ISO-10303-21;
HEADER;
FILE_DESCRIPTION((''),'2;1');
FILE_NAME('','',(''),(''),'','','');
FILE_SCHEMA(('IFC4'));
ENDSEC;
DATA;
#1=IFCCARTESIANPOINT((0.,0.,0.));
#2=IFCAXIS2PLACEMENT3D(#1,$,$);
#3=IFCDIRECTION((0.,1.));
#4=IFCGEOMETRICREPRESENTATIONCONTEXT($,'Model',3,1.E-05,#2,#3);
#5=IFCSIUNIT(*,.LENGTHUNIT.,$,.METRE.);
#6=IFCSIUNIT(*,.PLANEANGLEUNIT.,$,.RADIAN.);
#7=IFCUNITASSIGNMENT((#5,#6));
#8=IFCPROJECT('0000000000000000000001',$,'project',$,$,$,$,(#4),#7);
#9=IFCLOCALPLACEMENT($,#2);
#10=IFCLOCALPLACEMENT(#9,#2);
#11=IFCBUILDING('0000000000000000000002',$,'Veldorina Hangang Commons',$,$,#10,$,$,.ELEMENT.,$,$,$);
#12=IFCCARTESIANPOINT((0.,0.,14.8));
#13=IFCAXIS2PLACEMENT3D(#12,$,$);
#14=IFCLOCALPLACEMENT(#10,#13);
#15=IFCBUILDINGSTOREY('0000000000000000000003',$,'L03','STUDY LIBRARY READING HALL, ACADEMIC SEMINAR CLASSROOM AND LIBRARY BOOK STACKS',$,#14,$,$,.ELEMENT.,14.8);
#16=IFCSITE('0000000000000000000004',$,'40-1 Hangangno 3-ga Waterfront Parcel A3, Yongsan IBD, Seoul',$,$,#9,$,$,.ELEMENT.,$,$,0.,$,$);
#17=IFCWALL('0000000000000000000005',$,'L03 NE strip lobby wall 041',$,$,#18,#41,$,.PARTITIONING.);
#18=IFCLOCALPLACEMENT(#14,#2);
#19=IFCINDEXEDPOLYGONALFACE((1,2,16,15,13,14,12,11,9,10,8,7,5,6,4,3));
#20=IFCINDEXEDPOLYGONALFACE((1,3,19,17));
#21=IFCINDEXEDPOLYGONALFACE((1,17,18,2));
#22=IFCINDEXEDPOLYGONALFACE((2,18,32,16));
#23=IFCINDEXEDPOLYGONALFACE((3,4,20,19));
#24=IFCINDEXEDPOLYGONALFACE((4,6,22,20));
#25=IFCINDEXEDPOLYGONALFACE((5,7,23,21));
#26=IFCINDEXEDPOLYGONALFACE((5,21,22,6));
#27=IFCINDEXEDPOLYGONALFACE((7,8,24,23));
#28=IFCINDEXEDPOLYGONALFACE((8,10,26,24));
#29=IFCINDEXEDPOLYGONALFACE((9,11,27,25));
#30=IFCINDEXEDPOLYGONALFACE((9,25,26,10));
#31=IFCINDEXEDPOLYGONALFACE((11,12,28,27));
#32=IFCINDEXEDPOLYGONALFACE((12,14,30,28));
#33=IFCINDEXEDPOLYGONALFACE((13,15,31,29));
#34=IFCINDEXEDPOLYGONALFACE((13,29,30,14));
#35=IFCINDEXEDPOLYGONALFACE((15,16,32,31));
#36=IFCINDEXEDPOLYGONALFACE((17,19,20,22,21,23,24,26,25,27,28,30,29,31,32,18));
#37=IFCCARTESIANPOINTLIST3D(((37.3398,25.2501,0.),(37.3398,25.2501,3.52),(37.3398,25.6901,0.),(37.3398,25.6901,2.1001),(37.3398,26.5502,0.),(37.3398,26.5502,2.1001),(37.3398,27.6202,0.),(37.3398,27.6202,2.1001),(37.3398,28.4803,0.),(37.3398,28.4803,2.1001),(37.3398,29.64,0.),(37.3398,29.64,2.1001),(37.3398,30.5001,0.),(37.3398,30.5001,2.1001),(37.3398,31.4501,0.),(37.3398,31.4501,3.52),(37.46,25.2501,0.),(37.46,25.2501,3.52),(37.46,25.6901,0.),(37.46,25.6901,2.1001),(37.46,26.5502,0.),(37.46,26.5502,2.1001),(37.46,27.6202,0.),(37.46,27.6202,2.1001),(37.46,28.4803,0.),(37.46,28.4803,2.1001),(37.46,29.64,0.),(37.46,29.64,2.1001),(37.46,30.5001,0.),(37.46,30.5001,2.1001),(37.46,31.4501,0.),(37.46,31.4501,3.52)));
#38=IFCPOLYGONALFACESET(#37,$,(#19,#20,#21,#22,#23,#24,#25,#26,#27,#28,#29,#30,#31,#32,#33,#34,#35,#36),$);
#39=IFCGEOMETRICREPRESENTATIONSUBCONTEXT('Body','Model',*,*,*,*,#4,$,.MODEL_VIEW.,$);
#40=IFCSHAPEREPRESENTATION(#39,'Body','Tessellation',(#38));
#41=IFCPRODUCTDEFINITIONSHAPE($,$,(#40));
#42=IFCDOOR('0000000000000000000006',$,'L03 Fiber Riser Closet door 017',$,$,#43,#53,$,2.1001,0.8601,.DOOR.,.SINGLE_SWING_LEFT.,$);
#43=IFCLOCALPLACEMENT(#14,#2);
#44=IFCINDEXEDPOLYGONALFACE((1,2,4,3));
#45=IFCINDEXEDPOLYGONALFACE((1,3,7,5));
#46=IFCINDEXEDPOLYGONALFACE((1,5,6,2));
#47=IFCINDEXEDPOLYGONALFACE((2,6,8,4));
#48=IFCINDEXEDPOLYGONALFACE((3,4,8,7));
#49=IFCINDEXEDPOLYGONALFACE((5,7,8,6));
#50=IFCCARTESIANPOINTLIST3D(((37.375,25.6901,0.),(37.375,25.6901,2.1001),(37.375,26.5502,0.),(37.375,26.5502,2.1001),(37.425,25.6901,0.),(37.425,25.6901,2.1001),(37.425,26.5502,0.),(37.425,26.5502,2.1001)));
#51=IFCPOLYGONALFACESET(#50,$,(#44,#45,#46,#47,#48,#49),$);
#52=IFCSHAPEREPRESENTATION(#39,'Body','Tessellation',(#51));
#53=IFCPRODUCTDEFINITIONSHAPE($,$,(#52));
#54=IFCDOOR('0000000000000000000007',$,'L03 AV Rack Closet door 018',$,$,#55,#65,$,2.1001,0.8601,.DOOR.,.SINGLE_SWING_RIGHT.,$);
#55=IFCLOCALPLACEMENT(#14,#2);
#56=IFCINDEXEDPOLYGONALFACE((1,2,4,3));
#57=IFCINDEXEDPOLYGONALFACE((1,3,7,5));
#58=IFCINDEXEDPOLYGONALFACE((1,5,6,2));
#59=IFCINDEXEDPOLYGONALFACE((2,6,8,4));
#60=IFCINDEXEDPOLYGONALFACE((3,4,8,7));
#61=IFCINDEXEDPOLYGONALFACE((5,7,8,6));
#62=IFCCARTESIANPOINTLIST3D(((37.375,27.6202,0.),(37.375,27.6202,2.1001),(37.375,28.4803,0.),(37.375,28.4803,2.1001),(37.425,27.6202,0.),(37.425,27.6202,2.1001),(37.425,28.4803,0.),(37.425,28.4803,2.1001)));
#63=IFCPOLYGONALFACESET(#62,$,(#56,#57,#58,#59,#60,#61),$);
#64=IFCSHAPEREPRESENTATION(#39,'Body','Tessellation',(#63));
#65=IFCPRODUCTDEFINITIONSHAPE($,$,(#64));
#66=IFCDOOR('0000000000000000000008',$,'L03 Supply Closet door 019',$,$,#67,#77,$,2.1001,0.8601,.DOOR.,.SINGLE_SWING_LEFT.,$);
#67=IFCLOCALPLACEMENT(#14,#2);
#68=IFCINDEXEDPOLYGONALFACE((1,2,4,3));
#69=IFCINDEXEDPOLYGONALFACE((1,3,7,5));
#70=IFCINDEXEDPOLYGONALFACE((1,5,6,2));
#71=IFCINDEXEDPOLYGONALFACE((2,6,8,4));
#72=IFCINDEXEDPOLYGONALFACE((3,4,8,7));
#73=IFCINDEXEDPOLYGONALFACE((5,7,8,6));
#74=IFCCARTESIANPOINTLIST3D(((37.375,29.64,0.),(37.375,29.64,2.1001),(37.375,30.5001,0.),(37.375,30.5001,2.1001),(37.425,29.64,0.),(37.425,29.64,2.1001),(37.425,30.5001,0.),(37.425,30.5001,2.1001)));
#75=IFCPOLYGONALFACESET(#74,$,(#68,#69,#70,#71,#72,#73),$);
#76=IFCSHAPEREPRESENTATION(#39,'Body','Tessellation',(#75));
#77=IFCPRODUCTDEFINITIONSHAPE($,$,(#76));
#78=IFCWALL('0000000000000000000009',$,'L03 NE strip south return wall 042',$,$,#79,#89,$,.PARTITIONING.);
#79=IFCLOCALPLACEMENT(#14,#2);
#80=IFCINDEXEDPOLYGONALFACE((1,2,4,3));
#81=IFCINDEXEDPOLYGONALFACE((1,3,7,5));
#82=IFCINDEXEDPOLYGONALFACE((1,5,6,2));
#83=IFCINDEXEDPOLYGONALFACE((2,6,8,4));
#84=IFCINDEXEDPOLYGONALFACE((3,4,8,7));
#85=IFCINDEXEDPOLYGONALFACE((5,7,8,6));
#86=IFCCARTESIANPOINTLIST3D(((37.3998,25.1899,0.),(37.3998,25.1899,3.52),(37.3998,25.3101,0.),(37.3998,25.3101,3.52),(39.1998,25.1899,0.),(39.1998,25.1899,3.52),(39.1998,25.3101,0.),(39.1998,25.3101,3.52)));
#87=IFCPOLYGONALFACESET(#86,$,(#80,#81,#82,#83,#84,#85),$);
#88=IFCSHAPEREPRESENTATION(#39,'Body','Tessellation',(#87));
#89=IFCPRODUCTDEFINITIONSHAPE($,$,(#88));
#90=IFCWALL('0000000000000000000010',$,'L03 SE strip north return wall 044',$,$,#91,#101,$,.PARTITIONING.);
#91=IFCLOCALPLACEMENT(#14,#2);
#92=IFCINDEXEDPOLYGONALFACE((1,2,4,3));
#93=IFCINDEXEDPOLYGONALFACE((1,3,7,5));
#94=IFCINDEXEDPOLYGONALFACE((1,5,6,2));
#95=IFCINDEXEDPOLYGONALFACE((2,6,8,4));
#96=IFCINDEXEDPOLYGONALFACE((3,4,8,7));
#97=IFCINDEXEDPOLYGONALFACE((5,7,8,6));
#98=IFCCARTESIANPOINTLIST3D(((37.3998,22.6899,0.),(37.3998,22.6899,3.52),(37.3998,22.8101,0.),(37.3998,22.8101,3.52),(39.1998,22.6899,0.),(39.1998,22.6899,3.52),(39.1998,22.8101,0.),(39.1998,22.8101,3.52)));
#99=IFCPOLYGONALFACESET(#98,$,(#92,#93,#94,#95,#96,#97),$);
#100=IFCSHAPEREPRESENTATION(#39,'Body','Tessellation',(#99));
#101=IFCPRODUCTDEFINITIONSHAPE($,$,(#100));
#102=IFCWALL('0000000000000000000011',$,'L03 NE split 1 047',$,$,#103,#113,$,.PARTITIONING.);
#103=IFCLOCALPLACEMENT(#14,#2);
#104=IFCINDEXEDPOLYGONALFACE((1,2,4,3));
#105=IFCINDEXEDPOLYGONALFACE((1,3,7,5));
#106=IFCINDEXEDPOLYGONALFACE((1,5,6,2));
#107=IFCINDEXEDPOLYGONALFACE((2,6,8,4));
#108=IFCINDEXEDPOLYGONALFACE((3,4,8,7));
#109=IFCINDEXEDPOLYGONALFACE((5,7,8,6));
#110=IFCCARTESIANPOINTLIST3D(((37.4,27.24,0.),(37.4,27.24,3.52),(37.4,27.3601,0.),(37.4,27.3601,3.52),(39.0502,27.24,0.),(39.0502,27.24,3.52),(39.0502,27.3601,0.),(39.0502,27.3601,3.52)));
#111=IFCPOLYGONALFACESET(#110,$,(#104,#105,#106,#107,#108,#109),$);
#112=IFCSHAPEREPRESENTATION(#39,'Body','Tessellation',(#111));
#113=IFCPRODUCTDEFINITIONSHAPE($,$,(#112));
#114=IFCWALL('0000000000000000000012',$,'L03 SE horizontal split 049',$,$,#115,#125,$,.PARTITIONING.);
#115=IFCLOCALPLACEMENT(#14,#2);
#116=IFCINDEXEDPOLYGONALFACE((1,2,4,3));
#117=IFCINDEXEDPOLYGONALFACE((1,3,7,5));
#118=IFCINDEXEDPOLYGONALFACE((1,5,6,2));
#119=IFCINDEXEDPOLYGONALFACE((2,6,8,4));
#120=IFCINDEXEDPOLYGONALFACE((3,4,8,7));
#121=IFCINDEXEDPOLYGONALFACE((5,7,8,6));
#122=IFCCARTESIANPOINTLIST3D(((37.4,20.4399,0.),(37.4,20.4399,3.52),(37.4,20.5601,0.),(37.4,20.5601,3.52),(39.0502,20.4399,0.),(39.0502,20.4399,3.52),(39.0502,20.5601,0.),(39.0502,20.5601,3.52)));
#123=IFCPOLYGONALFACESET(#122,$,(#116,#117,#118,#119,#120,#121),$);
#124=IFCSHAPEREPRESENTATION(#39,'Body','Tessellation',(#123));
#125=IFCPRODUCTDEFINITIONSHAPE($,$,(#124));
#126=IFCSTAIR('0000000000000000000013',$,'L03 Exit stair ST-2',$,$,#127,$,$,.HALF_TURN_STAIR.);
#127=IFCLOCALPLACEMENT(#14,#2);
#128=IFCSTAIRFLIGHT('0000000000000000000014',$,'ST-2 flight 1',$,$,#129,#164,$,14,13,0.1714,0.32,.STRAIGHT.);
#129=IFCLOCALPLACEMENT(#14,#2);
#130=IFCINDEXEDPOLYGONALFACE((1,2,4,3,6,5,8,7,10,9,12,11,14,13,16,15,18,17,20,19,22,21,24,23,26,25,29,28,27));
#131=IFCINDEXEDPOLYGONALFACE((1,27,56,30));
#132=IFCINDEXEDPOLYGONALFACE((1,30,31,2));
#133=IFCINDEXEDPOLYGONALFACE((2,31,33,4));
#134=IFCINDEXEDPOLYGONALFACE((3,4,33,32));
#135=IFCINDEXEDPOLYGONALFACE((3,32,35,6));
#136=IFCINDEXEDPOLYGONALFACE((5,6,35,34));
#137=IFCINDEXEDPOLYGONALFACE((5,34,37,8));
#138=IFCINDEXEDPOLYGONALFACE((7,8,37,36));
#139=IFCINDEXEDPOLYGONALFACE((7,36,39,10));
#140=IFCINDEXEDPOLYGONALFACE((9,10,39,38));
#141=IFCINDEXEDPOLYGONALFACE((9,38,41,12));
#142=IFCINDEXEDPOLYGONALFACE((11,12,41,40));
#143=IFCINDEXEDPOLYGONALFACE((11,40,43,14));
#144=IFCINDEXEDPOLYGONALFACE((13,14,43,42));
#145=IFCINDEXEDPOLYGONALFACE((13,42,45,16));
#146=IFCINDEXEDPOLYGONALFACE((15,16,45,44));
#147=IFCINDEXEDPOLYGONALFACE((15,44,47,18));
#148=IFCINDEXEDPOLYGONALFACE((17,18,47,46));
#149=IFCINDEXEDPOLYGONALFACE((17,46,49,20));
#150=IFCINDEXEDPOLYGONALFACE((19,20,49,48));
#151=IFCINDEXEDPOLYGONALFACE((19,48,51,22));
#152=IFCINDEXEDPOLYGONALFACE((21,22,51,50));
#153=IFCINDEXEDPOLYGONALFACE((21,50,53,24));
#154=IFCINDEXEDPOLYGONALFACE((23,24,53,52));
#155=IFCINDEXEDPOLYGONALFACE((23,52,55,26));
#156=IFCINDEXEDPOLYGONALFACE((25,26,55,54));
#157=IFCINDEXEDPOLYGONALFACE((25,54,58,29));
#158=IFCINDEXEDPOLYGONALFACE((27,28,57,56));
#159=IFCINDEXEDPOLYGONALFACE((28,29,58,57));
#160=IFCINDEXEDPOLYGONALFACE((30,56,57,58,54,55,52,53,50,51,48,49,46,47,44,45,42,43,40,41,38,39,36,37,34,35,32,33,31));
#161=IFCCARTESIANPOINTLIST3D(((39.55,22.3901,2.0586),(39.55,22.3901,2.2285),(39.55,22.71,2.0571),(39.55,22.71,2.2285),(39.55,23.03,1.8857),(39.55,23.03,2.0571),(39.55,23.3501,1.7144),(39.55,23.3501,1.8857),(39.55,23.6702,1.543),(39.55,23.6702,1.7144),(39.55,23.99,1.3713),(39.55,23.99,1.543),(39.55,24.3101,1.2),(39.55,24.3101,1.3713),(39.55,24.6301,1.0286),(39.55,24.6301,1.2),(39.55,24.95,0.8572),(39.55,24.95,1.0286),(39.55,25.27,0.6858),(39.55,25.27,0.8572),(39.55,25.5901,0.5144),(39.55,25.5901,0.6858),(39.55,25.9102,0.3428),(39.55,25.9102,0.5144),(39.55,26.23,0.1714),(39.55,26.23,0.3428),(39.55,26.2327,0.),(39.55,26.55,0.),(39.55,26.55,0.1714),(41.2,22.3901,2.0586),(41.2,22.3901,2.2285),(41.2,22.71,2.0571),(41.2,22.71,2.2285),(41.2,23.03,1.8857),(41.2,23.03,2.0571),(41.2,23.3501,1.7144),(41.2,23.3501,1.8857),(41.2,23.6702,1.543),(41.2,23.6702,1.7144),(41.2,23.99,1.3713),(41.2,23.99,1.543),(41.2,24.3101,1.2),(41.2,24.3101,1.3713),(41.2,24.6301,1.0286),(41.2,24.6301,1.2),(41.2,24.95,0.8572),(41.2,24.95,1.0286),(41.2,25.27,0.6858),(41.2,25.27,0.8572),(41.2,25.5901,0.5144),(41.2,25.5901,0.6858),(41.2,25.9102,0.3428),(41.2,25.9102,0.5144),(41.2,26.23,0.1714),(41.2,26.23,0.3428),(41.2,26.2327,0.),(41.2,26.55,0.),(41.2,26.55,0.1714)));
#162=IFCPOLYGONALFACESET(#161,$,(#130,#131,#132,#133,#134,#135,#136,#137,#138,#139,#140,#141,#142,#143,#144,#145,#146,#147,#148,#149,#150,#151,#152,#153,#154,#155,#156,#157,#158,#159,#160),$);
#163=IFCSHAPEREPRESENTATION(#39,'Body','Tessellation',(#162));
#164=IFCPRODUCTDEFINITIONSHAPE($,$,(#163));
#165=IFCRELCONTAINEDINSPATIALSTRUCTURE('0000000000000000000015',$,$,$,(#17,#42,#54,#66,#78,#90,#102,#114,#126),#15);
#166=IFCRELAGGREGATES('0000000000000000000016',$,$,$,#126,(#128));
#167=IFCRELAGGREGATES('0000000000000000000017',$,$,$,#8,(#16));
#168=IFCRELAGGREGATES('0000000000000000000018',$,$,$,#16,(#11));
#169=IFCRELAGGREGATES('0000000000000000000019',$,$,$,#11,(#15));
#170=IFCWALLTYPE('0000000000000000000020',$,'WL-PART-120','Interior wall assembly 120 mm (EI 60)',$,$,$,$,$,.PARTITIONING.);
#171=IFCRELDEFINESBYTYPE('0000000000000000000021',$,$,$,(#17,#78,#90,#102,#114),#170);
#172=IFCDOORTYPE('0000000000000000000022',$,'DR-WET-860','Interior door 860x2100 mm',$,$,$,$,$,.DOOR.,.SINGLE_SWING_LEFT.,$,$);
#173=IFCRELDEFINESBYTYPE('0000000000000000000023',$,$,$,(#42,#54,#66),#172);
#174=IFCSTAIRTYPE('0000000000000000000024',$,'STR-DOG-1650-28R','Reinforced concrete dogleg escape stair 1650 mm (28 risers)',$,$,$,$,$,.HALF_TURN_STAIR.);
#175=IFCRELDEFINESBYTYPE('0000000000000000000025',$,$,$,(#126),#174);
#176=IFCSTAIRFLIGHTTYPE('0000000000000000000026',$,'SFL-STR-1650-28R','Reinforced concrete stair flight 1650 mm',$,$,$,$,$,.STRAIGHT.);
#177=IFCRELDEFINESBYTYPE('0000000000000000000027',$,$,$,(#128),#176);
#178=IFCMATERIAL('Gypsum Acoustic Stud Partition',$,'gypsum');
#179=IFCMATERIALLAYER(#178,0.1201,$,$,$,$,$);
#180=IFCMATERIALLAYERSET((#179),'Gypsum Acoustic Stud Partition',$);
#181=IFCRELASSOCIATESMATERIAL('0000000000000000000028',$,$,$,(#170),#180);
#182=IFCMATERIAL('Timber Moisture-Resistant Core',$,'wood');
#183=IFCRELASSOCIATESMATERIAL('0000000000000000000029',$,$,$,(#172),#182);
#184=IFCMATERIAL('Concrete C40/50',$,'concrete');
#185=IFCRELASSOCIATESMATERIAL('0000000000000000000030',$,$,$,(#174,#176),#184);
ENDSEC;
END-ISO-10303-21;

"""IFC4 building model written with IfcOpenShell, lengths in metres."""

from ifc_helpers import new_model, si_unit, direction, frame, frame_2d, origin, place, context, subcontext, project, spatial, polyline, rectangle, outline, extrude, material, layer, layer_set, type_object, element, fill, aggregate, save


model = new_model("IFC4")

# Units and contexts
model_context = context("Model", 3, precision=1e-05, world=origin(), true_north=direction((0.0, 1.0)))
body_context = subcontext(model_context, "Body", "Model", "MODEL_VIEW")
ifc_project = project(units=[si_unit("LENGTHUNIT", "METRE"), si_unit("PLANEANGLEUNIT", "RADIAN")], contexts=[model_context])

# Site, building, storey
site_placement = place(None, origin())
site = spatial("IfcSite", under=ifc_project, at=site_placement, Name="40-1 Hangangno 3-ga Waterfront Parcel A3, Yongsan IBD, Seoul", CompositionType="ELEMENT", RefElevation=0.0)
building_placement = place(site_placement, origin())
building = spatial("IfcBuilding", under=site, at=building_placement, Name="Veldorina Hangang Commons", CompositionType="ELEMENT")
storey_placement = place(building_placement, frame((0.0, 0.0, 14.8)))
storey = spatial("IfcBuildingStorey", under=building, at=storey_placement, Name="L03", Description="STUDY LIBRARY READING HALL, ACADEMIC SEMINAR CLASSROOM AND LIBRARY BOOK STACKS", CompositionType="ELEMENT", Elevation=14.8)

# Wall, openings, doors
ifc_material_1 = material(Name="Gypsum Acoustic Stud Partition", Category="gypsum")
ifc_layer_1 = layer(ifc_material_1, 0.1201)
ifc_layer_set_1 = layer_set([ifc_layer_1], Name="Gypsum Acoustic Stud Partition")
wall_type_1 = type_object("IfcWallType", Name="WL-PART-120", Description="Interior wall assembly 120 mm (EI 60)", PredefinedType="PARTITIONING", material=ifc_layer_set_1)
wall_1_placement = place(storey_placement, frame((37.3999, 25.25, 0.0), z_axis=(0.0, 0.0, 1.0), x_axis=(0.0, 1.0, 0.0)))
wall_1 = element("IfcWall", 1, at=wall_1_placement, inside=storey, type_object=wall_type_1, Name="L03 NE strip lobby wall 041", PredefinedType="PARTITIONING", context=body_context, shape_type="SweptSolid", body=[
    extrude(rectangle(XDim=6.2, YDim=0.1201, at=frame_2d((3.1001, 0.0))), origin(), (0.0, 0.0, 1.0), 3.52),
])
opening_1_placement = place(wall_1_placement, frame((0.4399, 0.0, 0.0)))
opening_1 = element("IfcOpeningElement", 2, at=opening_1_placement, cuts=wall_1, PredefinedType="OPENING", context=body_context, shape_type="SweptSolid", body=[
    extrude(rectangle(XDim=0.8601, YDim=2.1001, at=frame_2d((0.4302, 1.05))), frame((0.0, 0.0701, 0.0), z_axis=(0.0, -1.0, 0.0), x_axis=(1.0, 0.0, 0.0)), (0.0, 0.0, 1.0), 0.1401),
])
opening_2_placement = place(wall_1_placement, frame((2.3701, 0.0, 0.0)))
opening_2 = element("IfcOpeningElement", 3, at=opening_2_placement, cuts=wall_1, PredefinedType="OPENING", context=body_context, shape_type="SweptSolid", body=[
    extrude(rectangle(XDim=0.8601, YDim=2.1001, at=frame_2d((0.4302, 1.05))), frame((0.0, 0.0701, 0.0), z_axis=(0.0, -1.0, 0.0), x_axis=(1.0, 0.0, 0.0)), (0.0, 0.0, 1.0), 0.1401),
])
opening_3_placement = place(wall_1_placement, frame((4.3899, 0.0, 0.0)))
opening_3 = element("IfcOpeningElement", 4, at=opening_3_placement, cuts=wall_1, PredefinedType="OPENING", context=body_context, shape_type="SweptSolid", body=[
    extrude(rectangle(XDim=0.8601, YDim=2.1001, at=frame_2d((0.4302, 1.05))), frame((0.0, 0.0701, 0.0), z_axis=(0.0, -1.0, 0.0), x_axis=(1.0, 0.0, 0.0)), (0.0, 0.0, 1.0), 0.1401),
])
ifc_material_2 = material(Name="Timber Moisture-Resistant Core", Category="wood")
door_type_1 = type_object("IfcDoorType", Name="DR-WET-860", Description="Interior door 860x2100 mm", OperationType="SINGLE_SWING_LEFT", PredefinedType="DOOR", material=ifc_material_2)
door_1_placement = place(opening_1_placement, origin())
door_1 = element("IfcDoor", 5, at=door_1_placement, inside=storey, type_object=door_type_1, Name="L03 Fiber Riser Closet door 017", OperationType="SINGLE_SWING_LEFT", OverallHeight=2.1001, OverallWidth=0.8601, PredefinedType="DOOR", context=body_context, shape_type="SweptSolid", body=[
    extrude(rectangle(XDim=0.8601, YDim=2.1001, at=frame_2d((0.4302, 1.05))), frame((0.0, 0.0249, 0.0), z_axis=(0.0, -1.0, 0.0), x_axis=(1.0, 0.0, 0.0)), (0.0, 0.0, 1.0), 0.05),
])
fill(opening_1, door_1)
door_2_placement = place(opening_2_placement, origin())
door_2 = element("IfcDoor", 6, at=door_2_placement, inside=storey, type_object=door_type_1, Name="L03 AV Rack Closet door 018", OperationType="SINGLE_SWING_RIGHT", OverallHeight=2.1001, OverallWidth=0.8601, PredefinedType="DOOR", context=body_context, shape_type="SweptSolid", body=[
    extrude(rectangle(XDim=0.8601, YDim=2.1001, at=frame_2d((0.4302, 1.05))), frame((0.0, 0.0249, 0.0), z_axis=(0.0, -1.0, 0.0), x_axis=(1.0, 0.0, 0.0)), (0.0, 0.0, 1.0), 0.05),
])
fill(opening_2, door_2)
door_3_placement = place(opening_3_placement, origin())
door_3 = element("IfcDoor", 7, at=door_3_placement, inside=storey, type_object=door_type_1, Name="L03 Supply Closet door 019", OperationType="SINGLE_SWING_LEFT", OverallHeight=2.1001, OverallWidth=0.8601, PredefinedType="DOOR", context=body_context, shape_type="SweptSolid", body=[
    extrude(rectangle(XDim=0.8601, YDim=2.1001, at=frame_2d((0.4302, 1.05))), frame((0.0, 0.0249, 0.0), z_axis=(0.0, -1.0, 0.0), x_axis=(1.0, 0.0, 0.0)), (0.0, 0.0, 1.0), 0.05),
])
fill(opening_3, door_3)

# Walls
for number, where, z_axis, x_axis, name in (
    (8, (37.3999, 25.25, 0.0), (0.0, 0.0, 1.0), (1.0, 0.0, 0.0), "L03 NE strip south return wall 042"),
    (9, (37.3999, 22.75, 0.0), (0.0, 0.0, 1.0), (1.0, 0.0, 0.0), "L03 SE strip north return wall 044"),
):
    element("IfcWall", number, at=place(storey_placement, frame(where, z_axis=z_axis, x_axis=x_axis)), inside=storey, type_object=wall_type_1, Name=name, PredefinedType="PARTITIONING", context=body_context, shape_type="SweptSolid", body=[
        extrude(rectangle(XDim=1.8, YDim=0.1201, at=frame_2d((0.8999, 0.0))), origin(), (0.0, 0.0, 1.0), 3.52),
    ])
for number, where, z_axis, x_axis, name in (
    (10, (37.3999, 27.3, 0.0), (0.0, 0.0, 1.0), (1.0, 0.0, 0.0), "L03 NE split 1 047"),
    (11, (37.3999, 20.5, 0.0), (0.0, 0.0, 1.0), (1.0, 0.0, 0.0), "L03 SE horizontal split 049"),
):
    element("IfcWall", number, at=place(storey_placement, frame(where, z_axis=z_axis, x_axis=x_axis)), inside=storey, type_object=wall_type_1, Name=name, PredefinedType="PARTITIONING", context=body_context, shape_type="SweptSolid", body=[
        extrude(rectangle(XDim=1.6501, YDim=0.1201, at=frame_2d((0.8252, 0.0))), origin(), (0.0, 0.0, 1.0), 3.52),
    ])

# Stair, stair flight
ifc_material_3 = material(Name="Concrete C40/50", Category="concrete")
stair_type = type_object("IfcStairType", Name="STR-DOG-1650-28R", Description="Reinforced concrete dogleg escape stair 1650 mm (28 risers)", PredefinedType="HALF_TURN_STAIR", material=ifc_material_3)
stair_placement = place(storey_placement, origin())
stair = element("IfcStair", 12, at=stair_placement, inside=storey, type_object=stair_type, Name="L03 Exit stair ST-2", PredefinedType="HALF_TURN_STAIR")
stair_flight_type = type_object("IfcStairFlightType", Name="SFL-STR-1650-28R", Description="Reinforced concrete stair flight 1650 mm", PredefinedType="STRAIGHT", material=ifc_material_3)
stair_flight_placement = place(storey_placement, frame((40.375, 26.55, 0.0), z_axis=(0.0, 0.0, 1.0), x_axis=(0.0, -1.0, 0.0)))
stair_flight = element("IfcStairFlight", 13, at=stair_flight_placement, type_object=stair_flight_type, Name="ST-2 flight 1", NumberOfRisers=14, NumberOfTreads=13, PredefinedType="STRAIGHT", RiserHeight=0.1714, TreadLength=0.32, context=body_context, shape_type="SweptSolid", body=[
    extrude(outline(polyline([(0.0, 0.0), (0.0, 0.1714), (0.3201, 0.1714), (0.3201, 0.3428), (0.6399, 0.3428), (0.6399, 0.5144), (0.96, 0.5144), (0.96, 0.6858), (1.28, 0.6858), (1.28, 0.8572), (1.6001, 0.8572), (1.6001, 1.0286), (1.9199, 1.0286), (1.9199, 1.2), (2.24, 1.2), (2.24, 1.3713), (2.5601, 1.3713), (2.5601, 1.543), (2.8799, 1.543), (2.8799, 1.7144), (3.2, 1.7144), (3.2, 1.8857), (3.52, 1.8857), (3.52, 2.0571), (3.8401, 2.0571), (3.8401, 2.2285), (4.1599, 2.2285), (4.1599, 2.3999), (4.1599, 2.0586), (0.3174, 0.0), (0.0, 0.0)])), frame((0.0, 0.825, 0.0), z_axis=(0.0, -1.0, 0.0), x_axis=(1.0, 0.0, 0.0)), (0.0, 0.0, 1.0), 1.6499),
])
aggregate(stair, [stair_flight])

save(model, "model.ifc")
